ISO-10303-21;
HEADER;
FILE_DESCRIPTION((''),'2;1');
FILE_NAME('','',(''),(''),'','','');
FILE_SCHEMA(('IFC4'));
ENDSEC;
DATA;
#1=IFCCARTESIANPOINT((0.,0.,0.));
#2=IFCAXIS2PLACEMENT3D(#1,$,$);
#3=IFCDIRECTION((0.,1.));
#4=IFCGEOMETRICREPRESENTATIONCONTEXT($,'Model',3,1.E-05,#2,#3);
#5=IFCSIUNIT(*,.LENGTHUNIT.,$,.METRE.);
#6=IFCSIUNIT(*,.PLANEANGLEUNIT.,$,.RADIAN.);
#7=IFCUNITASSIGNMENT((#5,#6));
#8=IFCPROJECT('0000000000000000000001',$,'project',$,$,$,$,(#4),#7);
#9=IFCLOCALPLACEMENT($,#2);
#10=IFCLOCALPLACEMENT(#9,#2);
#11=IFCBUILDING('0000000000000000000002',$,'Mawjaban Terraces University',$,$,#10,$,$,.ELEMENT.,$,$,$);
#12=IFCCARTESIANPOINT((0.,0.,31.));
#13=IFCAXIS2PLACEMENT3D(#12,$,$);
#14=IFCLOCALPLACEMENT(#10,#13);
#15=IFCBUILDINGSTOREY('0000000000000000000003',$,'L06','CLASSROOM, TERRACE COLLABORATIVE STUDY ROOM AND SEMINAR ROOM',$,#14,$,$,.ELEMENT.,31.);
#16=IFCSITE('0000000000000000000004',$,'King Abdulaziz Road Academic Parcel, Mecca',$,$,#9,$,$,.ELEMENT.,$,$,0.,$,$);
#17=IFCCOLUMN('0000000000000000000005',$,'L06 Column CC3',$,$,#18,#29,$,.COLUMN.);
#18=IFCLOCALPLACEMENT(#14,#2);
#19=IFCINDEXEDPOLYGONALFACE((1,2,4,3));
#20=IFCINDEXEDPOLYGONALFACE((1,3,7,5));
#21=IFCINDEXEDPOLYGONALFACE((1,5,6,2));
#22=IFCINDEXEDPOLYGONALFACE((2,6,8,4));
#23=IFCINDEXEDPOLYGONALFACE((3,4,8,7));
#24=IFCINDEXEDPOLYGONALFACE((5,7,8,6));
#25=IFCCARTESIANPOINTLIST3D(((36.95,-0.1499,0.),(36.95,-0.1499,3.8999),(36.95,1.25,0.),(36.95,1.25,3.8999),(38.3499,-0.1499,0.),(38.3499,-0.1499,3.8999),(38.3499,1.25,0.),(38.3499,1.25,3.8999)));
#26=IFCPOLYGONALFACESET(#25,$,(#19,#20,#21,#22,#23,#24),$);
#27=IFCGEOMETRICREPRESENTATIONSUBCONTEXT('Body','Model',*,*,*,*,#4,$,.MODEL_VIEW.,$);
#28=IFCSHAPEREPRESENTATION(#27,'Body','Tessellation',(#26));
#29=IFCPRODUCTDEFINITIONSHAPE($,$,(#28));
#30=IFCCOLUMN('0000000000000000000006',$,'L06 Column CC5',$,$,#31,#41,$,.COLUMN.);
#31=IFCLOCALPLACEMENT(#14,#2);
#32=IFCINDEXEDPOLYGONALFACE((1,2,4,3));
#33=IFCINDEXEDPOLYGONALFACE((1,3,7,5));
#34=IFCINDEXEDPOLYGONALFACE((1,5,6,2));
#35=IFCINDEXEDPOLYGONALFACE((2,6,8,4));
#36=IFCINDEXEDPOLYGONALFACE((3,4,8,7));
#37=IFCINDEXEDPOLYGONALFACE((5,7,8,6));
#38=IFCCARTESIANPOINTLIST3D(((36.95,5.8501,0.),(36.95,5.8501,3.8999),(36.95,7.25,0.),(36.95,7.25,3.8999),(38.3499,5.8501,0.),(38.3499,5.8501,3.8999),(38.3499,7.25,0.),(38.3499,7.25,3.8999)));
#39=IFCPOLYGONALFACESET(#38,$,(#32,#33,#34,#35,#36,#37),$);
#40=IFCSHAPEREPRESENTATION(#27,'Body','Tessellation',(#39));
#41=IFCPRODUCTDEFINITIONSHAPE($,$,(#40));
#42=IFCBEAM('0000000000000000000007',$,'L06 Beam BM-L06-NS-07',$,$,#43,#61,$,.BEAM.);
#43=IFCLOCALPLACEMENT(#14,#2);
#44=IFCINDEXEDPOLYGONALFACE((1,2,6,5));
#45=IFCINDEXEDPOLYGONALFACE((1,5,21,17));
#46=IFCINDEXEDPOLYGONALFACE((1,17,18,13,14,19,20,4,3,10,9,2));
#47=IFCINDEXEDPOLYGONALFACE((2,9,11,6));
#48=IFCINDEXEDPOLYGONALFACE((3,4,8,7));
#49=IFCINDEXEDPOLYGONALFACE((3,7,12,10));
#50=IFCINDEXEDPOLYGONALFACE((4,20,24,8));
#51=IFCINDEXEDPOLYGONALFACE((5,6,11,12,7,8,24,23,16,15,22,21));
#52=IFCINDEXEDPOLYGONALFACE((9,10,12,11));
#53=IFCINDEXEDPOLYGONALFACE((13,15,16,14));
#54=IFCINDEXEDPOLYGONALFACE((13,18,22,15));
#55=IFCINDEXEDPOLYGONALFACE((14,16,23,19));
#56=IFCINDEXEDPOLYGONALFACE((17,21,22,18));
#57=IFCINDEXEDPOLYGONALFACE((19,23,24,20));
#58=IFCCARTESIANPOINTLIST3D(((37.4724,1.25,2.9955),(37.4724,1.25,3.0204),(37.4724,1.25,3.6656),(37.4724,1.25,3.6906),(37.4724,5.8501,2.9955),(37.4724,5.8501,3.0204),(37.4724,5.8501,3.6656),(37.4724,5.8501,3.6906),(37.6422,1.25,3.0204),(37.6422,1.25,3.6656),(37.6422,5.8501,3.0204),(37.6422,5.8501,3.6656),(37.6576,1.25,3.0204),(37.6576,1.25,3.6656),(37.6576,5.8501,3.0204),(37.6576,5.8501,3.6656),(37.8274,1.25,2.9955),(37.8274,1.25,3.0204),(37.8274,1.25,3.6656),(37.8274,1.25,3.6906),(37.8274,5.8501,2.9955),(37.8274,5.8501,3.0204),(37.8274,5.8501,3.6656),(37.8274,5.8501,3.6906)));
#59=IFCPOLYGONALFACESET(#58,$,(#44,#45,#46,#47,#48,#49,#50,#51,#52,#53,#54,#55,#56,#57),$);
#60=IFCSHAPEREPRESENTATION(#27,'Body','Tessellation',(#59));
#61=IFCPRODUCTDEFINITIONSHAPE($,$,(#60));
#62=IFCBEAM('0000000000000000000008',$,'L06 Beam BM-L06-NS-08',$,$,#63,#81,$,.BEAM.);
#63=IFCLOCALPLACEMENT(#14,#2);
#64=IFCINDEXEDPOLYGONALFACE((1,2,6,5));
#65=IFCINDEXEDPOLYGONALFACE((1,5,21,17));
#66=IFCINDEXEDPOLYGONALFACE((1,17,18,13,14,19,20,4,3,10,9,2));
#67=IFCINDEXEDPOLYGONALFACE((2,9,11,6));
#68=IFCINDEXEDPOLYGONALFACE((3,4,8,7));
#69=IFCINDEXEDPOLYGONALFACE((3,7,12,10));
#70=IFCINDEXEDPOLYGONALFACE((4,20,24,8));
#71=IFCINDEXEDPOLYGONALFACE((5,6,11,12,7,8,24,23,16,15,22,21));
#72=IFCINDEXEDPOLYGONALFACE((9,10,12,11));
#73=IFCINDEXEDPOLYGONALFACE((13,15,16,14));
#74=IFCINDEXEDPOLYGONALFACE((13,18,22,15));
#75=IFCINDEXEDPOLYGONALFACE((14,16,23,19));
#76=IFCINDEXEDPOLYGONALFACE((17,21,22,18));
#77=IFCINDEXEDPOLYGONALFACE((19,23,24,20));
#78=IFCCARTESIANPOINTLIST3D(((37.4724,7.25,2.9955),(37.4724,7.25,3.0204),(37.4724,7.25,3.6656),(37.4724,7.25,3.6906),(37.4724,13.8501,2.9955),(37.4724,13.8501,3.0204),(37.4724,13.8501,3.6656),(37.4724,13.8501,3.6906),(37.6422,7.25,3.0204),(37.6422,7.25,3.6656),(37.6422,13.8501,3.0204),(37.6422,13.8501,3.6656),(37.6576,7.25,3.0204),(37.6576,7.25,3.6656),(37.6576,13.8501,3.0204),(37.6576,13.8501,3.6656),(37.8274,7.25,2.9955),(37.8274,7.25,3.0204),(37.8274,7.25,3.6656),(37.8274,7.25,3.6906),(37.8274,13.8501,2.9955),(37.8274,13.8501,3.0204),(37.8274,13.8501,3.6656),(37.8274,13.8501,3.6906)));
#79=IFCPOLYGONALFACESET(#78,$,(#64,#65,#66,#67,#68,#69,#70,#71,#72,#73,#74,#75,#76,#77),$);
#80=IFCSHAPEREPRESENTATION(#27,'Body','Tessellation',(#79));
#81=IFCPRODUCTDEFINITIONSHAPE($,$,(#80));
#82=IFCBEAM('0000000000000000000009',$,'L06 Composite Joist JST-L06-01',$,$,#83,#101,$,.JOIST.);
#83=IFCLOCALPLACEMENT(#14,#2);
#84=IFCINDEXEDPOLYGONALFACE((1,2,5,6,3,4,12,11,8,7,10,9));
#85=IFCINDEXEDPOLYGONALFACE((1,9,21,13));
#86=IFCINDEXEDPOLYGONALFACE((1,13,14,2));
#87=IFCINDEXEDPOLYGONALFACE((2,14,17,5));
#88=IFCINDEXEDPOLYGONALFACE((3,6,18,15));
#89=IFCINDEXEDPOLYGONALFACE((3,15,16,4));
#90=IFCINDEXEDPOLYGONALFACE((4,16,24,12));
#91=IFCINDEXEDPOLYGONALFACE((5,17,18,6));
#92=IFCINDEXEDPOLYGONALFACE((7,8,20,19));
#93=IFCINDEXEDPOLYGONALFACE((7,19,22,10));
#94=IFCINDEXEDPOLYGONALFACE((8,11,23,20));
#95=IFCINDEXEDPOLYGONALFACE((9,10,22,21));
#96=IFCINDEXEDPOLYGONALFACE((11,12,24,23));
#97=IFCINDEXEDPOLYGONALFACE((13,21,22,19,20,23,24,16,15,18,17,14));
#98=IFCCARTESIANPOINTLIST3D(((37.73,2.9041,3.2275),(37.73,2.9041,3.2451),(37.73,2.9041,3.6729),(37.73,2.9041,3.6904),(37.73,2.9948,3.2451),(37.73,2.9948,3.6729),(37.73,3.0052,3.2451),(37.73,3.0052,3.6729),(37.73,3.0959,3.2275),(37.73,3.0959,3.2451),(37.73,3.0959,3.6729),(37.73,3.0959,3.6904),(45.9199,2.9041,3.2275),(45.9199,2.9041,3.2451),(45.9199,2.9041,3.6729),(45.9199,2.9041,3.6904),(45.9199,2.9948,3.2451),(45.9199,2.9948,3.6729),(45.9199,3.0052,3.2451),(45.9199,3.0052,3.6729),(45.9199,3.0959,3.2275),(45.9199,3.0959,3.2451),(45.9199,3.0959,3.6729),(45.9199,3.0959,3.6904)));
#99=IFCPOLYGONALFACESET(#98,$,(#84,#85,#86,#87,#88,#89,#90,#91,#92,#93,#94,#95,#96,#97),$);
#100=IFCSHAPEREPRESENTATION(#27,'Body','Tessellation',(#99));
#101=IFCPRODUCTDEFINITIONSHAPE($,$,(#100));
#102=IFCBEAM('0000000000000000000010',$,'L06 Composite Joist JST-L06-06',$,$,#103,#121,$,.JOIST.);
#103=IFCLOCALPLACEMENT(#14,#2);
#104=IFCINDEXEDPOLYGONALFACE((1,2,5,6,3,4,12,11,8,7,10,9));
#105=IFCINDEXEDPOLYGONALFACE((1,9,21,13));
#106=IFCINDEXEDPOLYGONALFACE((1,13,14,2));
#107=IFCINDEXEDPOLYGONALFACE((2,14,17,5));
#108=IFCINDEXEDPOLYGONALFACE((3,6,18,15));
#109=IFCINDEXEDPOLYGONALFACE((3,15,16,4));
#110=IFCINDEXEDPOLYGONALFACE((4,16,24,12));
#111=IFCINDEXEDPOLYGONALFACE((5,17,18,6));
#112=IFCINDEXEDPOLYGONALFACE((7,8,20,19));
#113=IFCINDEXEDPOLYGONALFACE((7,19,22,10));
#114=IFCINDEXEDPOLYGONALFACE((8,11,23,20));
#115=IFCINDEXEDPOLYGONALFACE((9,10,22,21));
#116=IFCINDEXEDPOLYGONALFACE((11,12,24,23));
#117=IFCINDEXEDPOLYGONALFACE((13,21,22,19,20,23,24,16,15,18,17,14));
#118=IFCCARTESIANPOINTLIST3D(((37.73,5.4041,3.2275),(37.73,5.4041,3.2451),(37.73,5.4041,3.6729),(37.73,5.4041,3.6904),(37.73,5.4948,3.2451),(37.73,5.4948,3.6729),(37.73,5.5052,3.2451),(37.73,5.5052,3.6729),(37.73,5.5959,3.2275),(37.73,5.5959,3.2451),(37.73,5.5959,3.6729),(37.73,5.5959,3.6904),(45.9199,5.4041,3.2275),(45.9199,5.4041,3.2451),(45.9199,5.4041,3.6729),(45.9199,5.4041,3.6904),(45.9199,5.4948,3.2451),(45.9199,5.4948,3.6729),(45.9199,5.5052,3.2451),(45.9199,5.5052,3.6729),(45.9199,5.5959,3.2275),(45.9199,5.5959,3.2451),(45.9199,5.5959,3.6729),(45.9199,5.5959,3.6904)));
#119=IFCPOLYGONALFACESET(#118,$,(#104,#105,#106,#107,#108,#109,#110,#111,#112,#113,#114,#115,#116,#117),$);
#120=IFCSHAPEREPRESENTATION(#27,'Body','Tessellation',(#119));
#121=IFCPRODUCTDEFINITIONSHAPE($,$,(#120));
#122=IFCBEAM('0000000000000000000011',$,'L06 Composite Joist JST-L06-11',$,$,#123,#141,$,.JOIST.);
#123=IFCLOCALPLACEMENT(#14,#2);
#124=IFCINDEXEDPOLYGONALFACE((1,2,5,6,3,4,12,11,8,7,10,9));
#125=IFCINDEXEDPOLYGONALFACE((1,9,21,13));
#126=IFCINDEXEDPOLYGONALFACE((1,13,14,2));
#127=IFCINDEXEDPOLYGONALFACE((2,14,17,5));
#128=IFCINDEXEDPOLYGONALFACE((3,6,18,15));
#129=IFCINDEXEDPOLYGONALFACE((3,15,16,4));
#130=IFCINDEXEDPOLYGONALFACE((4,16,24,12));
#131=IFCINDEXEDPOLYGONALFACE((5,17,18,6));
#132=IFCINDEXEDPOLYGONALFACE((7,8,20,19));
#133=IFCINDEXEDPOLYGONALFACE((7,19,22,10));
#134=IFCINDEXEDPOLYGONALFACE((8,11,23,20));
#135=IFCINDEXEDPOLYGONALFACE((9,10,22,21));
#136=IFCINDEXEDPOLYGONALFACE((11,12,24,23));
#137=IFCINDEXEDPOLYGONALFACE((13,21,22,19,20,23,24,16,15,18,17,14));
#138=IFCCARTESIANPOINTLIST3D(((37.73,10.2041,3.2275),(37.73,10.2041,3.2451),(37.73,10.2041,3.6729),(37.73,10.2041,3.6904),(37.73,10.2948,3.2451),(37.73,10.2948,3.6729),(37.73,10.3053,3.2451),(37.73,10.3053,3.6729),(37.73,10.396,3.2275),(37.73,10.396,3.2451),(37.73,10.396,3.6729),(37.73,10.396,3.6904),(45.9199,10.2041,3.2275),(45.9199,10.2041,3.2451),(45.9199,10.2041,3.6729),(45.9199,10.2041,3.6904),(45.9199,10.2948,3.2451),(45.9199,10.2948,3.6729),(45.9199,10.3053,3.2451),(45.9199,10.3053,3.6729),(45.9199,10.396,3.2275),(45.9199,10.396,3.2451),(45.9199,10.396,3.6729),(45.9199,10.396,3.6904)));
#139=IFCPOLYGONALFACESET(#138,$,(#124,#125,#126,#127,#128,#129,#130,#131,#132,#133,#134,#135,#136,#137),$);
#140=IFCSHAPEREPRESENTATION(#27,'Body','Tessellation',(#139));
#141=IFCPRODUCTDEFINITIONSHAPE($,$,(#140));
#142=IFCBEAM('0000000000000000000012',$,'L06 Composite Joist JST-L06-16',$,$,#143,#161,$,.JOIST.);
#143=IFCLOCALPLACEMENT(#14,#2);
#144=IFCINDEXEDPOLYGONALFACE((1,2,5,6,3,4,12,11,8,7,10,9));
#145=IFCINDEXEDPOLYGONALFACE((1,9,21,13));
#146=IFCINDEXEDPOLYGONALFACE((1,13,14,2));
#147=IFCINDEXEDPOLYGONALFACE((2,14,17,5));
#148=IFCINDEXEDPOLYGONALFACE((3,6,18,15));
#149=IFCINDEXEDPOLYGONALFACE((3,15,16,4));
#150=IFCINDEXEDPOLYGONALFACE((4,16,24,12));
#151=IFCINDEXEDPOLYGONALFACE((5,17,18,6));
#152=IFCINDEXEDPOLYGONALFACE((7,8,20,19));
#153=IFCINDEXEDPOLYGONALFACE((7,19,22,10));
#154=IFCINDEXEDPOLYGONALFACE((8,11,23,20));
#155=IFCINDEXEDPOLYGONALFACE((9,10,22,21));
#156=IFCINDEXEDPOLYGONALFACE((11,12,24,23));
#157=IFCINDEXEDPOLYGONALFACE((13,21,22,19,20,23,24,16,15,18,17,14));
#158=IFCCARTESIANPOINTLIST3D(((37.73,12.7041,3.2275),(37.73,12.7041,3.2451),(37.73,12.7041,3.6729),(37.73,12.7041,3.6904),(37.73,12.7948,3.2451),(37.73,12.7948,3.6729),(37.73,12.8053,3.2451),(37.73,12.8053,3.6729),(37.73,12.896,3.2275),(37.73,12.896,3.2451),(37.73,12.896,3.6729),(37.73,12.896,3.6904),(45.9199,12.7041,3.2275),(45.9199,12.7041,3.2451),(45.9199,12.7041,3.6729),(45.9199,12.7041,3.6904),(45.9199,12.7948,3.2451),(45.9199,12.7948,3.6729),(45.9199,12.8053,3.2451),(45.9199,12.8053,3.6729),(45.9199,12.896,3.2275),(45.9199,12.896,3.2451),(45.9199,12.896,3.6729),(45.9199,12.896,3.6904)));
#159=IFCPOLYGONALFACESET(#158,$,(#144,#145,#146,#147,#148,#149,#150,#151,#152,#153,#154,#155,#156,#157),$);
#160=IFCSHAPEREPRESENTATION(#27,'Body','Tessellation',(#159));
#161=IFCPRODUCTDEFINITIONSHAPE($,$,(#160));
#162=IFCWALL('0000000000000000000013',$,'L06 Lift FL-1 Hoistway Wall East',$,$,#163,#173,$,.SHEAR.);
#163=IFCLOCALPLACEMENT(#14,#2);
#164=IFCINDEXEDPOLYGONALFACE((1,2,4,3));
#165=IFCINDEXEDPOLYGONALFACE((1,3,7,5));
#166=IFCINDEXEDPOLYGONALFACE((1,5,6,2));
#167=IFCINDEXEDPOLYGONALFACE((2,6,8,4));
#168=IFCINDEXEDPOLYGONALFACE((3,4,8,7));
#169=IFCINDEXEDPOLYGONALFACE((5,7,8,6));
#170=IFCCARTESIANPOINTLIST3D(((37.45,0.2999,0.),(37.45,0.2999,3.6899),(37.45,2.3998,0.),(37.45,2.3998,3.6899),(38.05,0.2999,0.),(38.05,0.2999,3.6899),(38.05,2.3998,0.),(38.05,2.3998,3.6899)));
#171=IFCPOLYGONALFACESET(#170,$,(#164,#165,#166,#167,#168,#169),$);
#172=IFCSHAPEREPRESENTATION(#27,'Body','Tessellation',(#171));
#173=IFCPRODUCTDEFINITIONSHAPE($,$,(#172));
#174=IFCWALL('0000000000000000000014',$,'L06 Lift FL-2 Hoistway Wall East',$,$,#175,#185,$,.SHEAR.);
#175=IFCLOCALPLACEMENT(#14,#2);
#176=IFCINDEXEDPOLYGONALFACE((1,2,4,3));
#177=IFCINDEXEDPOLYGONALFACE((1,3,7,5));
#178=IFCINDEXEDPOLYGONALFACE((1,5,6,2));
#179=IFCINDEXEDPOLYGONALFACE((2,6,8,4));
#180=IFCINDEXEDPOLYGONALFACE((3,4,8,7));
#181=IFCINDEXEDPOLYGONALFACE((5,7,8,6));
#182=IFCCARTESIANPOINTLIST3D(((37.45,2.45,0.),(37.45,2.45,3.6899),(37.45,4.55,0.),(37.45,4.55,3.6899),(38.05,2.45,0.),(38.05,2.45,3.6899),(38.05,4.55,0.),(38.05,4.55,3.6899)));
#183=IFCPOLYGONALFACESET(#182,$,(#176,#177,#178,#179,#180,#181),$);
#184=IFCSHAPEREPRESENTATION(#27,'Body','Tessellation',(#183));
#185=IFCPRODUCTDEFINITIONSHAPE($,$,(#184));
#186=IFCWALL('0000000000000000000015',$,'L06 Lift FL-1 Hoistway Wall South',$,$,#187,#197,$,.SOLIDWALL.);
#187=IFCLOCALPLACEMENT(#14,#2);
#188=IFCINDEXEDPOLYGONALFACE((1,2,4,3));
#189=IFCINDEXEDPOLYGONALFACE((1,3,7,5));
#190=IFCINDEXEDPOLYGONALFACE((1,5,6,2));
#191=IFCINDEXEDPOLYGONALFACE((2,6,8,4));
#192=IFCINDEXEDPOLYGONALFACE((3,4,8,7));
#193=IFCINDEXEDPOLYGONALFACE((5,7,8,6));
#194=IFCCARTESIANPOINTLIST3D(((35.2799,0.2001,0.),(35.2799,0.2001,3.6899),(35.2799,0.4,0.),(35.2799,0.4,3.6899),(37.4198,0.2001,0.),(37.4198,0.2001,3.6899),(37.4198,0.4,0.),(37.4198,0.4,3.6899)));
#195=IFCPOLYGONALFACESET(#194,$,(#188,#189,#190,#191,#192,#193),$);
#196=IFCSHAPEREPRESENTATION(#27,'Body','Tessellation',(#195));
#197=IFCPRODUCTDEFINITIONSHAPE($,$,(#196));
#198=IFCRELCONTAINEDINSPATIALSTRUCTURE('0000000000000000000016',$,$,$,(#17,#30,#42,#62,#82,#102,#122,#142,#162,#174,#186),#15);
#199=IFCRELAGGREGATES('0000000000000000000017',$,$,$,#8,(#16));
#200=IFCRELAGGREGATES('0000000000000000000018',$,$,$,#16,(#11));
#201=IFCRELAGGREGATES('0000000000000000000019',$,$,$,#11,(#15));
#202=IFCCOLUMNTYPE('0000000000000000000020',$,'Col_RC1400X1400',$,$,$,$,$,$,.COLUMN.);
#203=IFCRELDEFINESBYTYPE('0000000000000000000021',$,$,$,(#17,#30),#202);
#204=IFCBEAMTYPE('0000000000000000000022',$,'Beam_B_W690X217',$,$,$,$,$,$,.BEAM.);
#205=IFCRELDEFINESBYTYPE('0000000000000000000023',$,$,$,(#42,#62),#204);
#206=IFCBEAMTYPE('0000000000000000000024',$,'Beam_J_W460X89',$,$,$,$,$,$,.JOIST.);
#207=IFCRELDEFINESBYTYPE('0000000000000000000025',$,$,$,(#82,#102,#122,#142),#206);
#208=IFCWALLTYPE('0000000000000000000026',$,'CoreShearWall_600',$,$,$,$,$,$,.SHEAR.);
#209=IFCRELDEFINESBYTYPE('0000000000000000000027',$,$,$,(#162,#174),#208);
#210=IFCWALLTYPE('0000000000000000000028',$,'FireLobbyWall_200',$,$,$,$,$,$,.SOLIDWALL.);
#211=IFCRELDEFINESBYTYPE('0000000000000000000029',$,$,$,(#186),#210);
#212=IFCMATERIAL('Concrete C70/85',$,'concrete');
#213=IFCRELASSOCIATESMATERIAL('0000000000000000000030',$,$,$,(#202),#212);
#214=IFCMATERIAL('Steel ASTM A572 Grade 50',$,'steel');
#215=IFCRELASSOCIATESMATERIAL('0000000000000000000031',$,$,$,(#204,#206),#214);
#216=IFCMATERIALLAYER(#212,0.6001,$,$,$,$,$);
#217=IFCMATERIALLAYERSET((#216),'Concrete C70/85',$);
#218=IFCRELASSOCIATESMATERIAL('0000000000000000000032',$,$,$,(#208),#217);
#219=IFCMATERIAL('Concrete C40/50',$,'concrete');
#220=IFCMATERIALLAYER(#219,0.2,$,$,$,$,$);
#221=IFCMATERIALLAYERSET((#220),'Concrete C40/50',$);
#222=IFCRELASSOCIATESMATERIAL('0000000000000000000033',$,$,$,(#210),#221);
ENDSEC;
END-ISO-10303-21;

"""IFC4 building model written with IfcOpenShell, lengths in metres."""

from ifc_helpers import new_model, si_unit, direction, frame, frame_2d, origin, origin_2d, place, context, subcontext, project, spatial, rectangle, i_section, extrude, material, layer, layer_set, material_profile, profile_set, type_object, element, save


model = new_model("IFC4")

# Units and contexts
model_context = context("Model", 3, precision=1e-05, world=origin(), true_north=direction((0.0, 1.0)))
body_context = subcontext(model_context, "Body", "Model", "MODEL_VIEW")
ifc_project = project(units=[si_unit("LENGTHUNIT", "METRE"), si_unit("PLANEANGLEUNIT", "RADIAN")], contexts=[model_context])

# Site, building, storey
site_placement = place(None, origin())
site = spatial("IfcSite", under=ifc_project, at=site_placement, Name="King Abdulaziz Road Academic Parcel, Mecca", CompositionType="ELEMENT", RefElevation=0.0)
building_placement = place(site_placement, origin())
building = spatial("IfcBuilding", under=site, at=building_placement, Name="Mawjaban Terraces University", CompositionType="ELEMENT")
storey_placement = place(building_placement, frame((0.0, 0.0, 31.0)))
storey = spatial("IfcBuildingStorey", under=building, at=storey_placement, Name="L06", Description="CLASSROOM, TERRACE COLLABORATIVE STUDY ROOM AND SEMINAR ROOM", CompositionType="ELEMENT", Elevation=31.0)

# Columns
ifc_material_1 = material(Name="Concrete C70/85", Category="concrete")
ifc_material_profile_1 = material_profile(ifc_material_1, rectangle(XDim=1.3999, YDim=1.3999, at=origin_2d()), Name="RC1400X1400")
ifc_profile_set_1 = profile_set([ifc_material_profile_1], Name="Concrete C70/85")
column_type = type_object("IfcColumnType", Name="Col_RC1400X1400", PredefinedType="COLUMN", material=ifc_profile_set_1)
for number, where, z_axis, x_axis, name in (
    (1, (37.6499, 0.55, 0.0), (0.0, 0.0, 1.0), (1.0, 0.0, 0.0), "L06 Column CC3"),
    (2, (37.6499, 6.55, 0.0), (0.0, 0.0, 1.0), (1.0, 0.0, 0.0), "L06 Column CC5"),
):
    element("IfcColumn", number, at=place(storey_placement, frame(where, z_axis=z_axis, x_axis=x_axis)), inside=storey, type_object=column_type, Name=name, PredefinedType="COLUMN", context=body_context, shape_type="SweptSolid", body=[
        extrude(rectangle(XDim=1.3999, YDim=1.3999, at=origin_2d()), origin(), (0.0, 0.0, 1.0), 3.8999),
    ])

# Beams
ifc_material_2 = material(Name="Steel ASTM A572 Grade 50", Category="steel")
ifc_material_profile_2 = material_profile(ifc_material_2, i_section(OverallWidth=0.355, OverallDepth=0.6951, WebThickness=0.0154, FlangeThickness=0.0249, at=origin_2d()), Name="W690X217")
ifc_profile_set_2 = profile_set([ifc_material_profile_2], Name="Steel ASTM A572 Grade 50")
beam_type_1 = type_object("IfcBeamType", Name="Beam_B_W690X217", PredefinedType="BEAM", material=ifc_profile_set_2)
beam_1_placement = place(storey_placement, frame((37.6499, 1.25, 3.343), z_axis=(0.0, 1.0, 0.0), x_axis=(-1.0, 0.0, 0.0)))
element("IfcBeam", 3, at=beam_1_placement, inside=storey, type_object=beam_type_1, Name="L06 Beam BM-L06-NS-07", PredefinedType="BEAM", context=body_context, shape_type="SweptSolid", body=[
    extrude(i_section(OverallWidth=0.355, OverallDepth=0.6951, WebThickness=0.0154, FlangeThickness=0.0249, at=origin_2d()), origin(), (0.0, 0.0, 1.0), 4.6001),
])
beam_2_placement = place(storey_placement, frame((37.6499, 7.25, 3.343), z_axis=(0.0, 1.0, 0.0), x_axis=(-1.0, 0.0, 0.0)))
element("IfcBeam", 4, at=beam_2_placement, inside=storey, type_object=beam_type_1, Name="L06 Beam BM-L06-NS-08", PredefinedType="BEAM", context=body_context, shape_type="SweptSolid", body=[
    extrude(i_section(OverallWidth=0.355, OverallDepth=0.6951, WebThickness=0.0154, FlangeThickness=0.0249, at=origin_2d()), origin(), (0.0, 0.0, 1.0), 6.6001),
])
ifc_material_profile_3 = material_profile(ifc_material_2, i_section(OverallWidth=0.1919, OverallDepth=0.4629, WebThickness=0.0105, FlangeThickness=0.0176, at=origin_2d()), Name="W460X89")
ifc_profile_set_3 = profile_set([ifc_material_profile_3], Name="Steel ASTM A572 Grade 50")
beam_type_2 = type_object("IfcBeamType", Name="Beam_J_W460X89", PredefinedType="JOIST", material=ifc_profile_set_3)
for number, where, z_axis, x_axis, name in (
    (5, (37.73, 3.0, 3.459), (1.0, 0.0, 0.0), (0.0, 1.0, 0.0), "L06 Composite Joist JST-L06-01"),
    (6, (37.73, 5.5, 3.459), (1.0, 0.0, 0.0), (0.0, 1.0, 0.0), "L06 Composite Joist JST-L06-06"),
    (7, (37.73, 10.3, 3.459), (1.0, 0.0, 0.0), (0.0, 1.0, 0.0), "L06 Composite Joist JST-L06-11"),
    (8, (37.73, 12.8, 3.459), (1.0, 0.0, 0.0), (0.0, 1.0, 0.0), "L06 Composite Joist JST-L06-16"),
):
    element("IfcBeam", number, at=place(storey_placement, frame(where, z_axis=z_axis, x_axis=x_axis)), inside=storey, type_object=beam_type_2, Name=name, PredefinedType="JOIST", context=body_context, shape_type="SweptSolid", body=[
        extrude(i_section(OverallWidth=0.1919, OverallDepth=0.4629, WebThickness=0.0105, FlangeThickness=0.0176, at=origin_2d()), origin(), (0.0, 0.0, 1.0), 8.1899),
    ])

# Walls
ifc_layer_1 = layer(ifc_material_1, 0.6001)
ifc_layer_set_1 = layer_set([ifc_layer_1], Name="Concrete C70/85")
wall_type_1 = type_object("IfcWallType", Name="CoreShearWall_600", PredefinedType="SHEAR", material=ifc_layer_set_1)
wall_1_placement = place(storey_placement, frame((37.75, 0.3, 0.0), z_axis=(0.0, 0.0, 1.0), x_axis=(0.0, 1.0, 0.0)))
element("IfcWall", 9, at=wall_1_placement, inside=storey, type_object=wall_type_1, Name="L06 Lift FL-1 Hoistway Wall East", PredefinedType="SHEAR", context=body_context, shape_type="SweptSolid", body=[
    extrude(rectangle(XDim=2.0999, YDim=0.6001, at=frame_2d((1.0498, 0.0))), origin(), (0.0, 0.0, 1.0), 3.6899),
])
wall_2_placement = place(storey_placement, frame((37.75, 2.45, 0.0), z_axis=(0.0, 0.0, 1.0), x_axis=(0.0, 1.0, 0.0)))
element("IfcWall", 10, at=wall_2_placement, inside=storey, type_object=wall_type_1, Name="L06 Lift FL-2 Hoistway Wall East", PredefinedType="SHEAR", context=body_context, shape_type="SweptSolid", body=[
    extrude(rectangle(XDim=2.1001, YDim=0.6001, at=frame_2d((1.05, 0.0))), origin(), (0.0, 0.0, 1.0), 3.6899),
])
ifc_material_3 = material(Name="Concrete C40/50", Category="concrete")
ifc_layer_2 = layer(ifc_material_3, 0.2)
ifc_layer_set_2 = layer_set([ifc_layer_2], Name="Concrete C40/50")
wall_type_2 = type_object("IfcWallType", Name="FireLobbyWall_200", PredefinedType="SOLIDWALL", material=ifc_layer_set_2)
for number, where, z_axis, x_axis, name in (
    (11, (35.28, 0.3, 0.0), (0.0, 0.0, 1.0), (1.0, 0.0, 0.0), "L06 Lift FL-1 Hoistway Wall South"),
):
    element("IfcWall", number, at=place(storey_placement, frame(where, z_axis=z_axis, x_axis=x_axis)), inside=storey, type_object=wall_type_2, Name=name, PredefinedType="SOLIDWALL", context=body_context, shape_type="SweptSolid", body=[
        extrude(rectangle(XDim=2.1399, YDim=0.2, at=frame_2d((1.0698, 0.0))), origin(), (0.0, 0.0, 1.0), 3.6899),
    ])

save(model, "model.ifc")
